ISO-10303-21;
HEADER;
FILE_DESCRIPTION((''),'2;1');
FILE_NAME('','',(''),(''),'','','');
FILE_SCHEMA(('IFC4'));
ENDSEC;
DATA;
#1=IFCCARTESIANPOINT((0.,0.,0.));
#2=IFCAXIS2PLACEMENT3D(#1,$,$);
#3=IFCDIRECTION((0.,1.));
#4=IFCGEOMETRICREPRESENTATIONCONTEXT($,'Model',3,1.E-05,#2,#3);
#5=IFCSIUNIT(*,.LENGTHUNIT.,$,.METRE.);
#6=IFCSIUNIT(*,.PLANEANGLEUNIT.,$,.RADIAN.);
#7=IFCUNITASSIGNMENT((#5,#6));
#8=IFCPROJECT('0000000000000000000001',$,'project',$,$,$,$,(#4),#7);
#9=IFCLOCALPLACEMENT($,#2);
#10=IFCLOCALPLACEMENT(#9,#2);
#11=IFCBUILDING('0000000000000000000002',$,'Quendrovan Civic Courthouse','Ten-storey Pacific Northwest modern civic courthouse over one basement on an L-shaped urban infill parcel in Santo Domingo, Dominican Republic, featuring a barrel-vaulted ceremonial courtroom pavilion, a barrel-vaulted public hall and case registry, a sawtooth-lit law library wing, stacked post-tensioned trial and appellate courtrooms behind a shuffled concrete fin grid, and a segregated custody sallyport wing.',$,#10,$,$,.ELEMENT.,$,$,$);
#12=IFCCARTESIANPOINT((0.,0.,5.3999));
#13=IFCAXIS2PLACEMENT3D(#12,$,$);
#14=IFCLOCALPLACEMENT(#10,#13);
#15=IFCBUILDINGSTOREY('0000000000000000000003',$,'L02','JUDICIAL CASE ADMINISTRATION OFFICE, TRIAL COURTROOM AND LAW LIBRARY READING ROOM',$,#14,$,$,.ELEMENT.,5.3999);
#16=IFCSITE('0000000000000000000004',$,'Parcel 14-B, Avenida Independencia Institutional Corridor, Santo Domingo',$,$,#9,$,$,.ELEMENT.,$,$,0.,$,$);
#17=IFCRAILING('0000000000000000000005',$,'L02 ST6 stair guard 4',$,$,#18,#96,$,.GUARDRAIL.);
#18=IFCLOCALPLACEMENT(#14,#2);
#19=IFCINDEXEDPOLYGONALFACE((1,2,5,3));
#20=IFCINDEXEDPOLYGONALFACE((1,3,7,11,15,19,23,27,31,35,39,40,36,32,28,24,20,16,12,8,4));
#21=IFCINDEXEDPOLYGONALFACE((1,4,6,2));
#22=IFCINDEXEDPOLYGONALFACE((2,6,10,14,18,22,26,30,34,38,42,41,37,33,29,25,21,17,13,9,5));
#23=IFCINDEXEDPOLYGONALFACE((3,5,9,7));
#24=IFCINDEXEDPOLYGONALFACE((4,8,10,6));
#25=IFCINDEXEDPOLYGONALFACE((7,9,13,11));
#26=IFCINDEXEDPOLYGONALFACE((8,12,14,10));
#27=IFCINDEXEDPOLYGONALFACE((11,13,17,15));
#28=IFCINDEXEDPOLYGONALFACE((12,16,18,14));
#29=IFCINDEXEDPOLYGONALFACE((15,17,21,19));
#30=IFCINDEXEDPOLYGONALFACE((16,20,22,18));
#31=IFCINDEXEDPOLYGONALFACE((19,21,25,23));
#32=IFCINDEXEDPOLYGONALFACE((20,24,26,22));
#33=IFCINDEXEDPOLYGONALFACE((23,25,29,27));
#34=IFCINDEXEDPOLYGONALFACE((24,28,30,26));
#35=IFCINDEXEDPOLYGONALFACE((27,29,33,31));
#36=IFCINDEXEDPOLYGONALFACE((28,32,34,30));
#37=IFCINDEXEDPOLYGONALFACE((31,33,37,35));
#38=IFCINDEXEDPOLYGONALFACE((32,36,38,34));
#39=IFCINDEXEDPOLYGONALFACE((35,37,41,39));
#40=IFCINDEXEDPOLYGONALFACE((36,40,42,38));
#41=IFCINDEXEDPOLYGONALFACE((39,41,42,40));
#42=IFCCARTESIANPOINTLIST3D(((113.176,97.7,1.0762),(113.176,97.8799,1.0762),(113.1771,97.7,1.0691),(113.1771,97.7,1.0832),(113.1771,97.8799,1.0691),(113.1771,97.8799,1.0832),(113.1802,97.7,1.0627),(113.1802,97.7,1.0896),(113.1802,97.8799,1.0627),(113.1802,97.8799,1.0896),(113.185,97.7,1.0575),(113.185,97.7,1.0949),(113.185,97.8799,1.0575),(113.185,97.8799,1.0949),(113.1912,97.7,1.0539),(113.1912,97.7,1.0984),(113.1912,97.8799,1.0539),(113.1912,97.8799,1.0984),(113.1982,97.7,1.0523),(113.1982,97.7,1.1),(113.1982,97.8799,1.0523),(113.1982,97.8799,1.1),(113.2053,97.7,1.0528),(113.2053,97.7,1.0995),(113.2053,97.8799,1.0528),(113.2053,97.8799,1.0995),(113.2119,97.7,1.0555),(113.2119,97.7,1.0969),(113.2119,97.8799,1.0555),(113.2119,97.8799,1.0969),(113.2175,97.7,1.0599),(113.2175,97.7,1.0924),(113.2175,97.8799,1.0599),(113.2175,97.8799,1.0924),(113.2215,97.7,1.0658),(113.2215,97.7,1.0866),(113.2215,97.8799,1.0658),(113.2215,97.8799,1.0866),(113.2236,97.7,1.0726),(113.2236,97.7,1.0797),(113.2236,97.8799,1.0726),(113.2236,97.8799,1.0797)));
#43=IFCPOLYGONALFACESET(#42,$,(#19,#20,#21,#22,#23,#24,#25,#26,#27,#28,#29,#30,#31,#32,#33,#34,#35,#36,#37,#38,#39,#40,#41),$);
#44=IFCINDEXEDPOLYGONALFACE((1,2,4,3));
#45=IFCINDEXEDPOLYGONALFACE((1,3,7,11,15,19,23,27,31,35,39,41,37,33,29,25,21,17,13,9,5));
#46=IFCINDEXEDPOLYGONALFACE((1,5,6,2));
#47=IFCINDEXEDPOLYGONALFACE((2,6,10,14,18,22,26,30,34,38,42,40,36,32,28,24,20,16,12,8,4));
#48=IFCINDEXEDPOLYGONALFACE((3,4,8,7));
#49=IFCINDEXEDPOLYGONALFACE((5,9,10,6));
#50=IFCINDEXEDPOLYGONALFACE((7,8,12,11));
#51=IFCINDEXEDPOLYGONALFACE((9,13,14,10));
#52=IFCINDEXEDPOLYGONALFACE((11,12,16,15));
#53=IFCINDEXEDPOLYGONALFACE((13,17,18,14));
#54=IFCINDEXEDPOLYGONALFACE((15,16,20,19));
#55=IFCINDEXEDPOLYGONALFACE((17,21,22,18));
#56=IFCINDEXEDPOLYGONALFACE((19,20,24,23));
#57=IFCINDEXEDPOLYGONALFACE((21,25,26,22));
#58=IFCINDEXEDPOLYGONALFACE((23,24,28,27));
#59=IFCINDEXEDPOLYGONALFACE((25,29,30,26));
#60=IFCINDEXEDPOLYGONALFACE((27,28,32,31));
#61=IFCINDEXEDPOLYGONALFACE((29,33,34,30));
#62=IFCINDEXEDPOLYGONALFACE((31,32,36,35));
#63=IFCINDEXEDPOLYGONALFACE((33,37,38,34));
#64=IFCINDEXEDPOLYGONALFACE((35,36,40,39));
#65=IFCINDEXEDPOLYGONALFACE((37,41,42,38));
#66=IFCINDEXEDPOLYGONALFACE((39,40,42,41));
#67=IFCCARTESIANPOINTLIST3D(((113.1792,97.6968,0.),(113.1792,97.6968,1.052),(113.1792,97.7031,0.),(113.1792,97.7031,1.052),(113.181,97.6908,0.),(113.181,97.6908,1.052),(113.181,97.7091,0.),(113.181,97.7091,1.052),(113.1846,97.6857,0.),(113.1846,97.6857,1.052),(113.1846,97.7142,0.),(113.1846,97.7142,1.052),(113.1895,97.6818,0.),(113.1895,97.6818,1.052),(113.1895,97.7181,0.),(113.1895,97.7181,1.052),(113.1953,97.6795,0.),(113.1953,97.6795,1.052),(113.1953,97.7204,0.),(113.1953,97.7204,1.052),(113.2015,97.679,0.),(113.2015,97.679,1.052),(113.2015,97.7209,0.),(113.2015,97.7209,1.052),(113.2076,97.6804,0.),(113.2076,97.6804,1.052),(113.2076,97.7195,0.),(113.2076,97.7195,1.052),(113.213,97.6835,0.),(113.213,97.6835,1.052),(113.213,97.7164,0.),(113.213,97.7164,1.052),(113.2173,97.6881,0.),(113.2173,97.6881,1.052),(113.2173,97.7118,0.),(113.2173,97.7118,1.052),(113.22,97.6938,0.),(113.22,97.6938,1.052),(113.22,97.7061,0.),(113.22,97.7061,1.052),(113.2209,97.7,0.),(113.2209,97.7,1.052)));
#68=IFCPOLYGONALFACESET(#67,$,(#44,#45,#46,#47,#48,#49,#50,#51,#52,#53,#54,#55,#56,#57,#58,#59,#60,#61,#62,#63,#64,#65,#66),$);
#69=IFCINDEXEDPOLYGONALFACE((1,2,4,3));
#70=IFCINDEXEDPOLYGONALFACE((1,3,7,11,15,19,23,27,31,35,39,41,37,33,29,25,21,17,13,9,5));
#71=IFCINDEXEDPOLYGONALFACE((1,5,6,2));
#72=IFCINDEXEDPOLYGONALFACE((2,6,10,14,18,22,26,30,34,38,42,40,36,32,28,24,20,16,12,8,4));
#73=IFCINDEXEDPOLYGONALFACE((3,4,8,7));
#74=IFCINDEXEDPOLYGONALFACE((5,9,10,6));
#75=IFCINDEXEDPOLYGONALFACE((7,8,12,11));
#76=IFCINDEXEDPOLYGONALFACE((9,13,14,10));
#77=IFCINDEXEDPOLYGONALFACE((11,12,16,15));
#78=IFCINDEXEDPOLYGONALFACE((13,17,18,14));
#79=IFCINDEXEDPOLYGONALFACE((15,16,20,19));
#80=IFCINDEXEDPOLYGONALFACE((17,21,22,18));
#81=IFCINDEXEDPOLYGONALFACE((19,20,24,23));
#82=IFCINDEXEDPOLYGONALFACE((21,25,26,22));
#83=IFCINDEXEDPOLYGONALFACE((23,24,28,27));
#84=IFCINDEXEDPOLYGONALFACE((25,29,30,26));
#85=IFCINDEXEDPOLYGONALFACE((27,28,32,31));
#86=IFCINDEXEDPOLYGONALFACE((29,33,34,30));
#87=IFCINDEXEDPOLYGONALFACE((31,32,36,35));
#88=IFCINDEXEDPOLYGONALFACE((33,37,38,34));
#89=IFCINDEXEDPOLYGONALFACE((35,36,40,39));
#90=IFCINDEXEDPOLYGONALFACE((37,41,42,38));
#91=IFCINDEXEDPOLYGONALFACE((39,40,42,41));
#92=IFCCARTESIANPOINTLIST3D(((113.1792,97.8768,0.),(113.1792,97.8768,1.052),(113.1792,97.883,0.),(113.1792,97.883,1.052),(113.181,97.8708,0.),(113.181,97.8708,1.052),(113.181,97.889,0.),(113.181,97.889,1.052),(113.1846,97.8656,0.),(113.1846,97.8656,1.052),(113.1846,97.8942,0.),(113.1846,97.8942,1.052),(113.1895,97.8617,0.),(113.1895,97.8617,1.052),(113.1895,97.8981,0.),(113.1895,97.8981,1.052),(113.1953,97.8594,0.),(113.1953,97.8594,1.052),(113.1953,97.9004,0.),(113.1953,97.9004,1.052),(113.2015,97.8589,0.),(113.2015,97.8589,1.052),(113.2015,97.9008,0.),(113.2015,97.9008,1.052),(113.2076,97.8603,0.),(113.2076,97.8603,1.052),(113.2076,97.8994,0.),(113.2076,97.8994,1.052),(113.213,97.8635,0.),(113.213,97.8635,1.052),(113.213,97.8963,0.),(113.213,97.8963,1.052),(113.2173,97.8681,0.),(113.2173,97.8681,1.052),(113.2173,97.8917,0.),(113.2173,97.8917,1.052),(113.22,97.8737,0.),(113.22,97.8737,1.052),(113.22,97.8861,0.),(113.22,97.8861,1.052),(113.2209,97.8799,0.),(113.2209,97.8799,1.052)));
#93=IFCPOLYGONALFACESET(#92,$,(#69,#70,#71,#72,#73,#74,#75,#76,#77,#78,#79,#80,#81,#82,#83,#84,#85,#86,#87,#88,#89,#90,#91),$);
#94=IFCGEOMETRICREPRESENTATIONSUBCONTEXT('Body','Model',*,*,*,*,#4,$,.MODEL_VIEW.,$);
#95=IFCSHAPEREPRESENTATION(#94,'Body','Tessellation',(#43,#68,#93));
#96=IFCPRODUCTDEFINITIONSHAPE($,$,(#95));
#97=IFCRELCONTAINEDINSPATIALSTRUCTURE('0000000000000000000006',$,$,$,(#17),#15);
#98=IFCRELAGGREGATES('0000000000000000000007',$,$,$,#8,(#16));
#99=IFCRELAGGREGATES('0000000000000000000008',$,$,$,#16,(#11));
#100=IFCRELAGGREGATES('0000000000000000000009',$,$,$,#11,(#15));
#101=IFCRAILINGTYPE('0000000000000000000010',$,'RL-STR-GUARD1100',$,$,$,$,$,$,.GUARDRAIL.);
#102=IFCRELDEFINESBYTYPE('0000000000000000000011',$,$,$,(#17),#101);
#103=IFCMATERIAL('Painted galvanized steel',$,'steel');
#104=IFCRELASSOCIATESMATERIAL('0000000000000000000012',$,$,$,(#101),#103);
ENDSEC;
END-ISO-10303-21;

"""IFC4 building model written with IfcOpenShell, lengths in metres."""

from ifc_helpers import new_model, si_unit, direction, frame, origin, origin_2d, place, context, subcontext, project, spatial, circle, extrude, material, type_object, element, save


model = new_model("IFC4")

# Units and contexts
model_context = context("Model", 3, precision=1e-05, world=origin(), true_north=direction((0.0, 1.0)))
body_context = subcontext(model_context, "Body", "Model", "MODEL_VIEW")
ifc_project = project(units=[si_unit("LENGTHUNIT", "METRE"), si_unit("PLANEANGLEUNIT", "RADIAN")], contexts=[model_context])

# Site, building, storey
site_placement = place(None, origin())
site = spatial("IfcSite", under=ifc_project, at=site_placement, Name="Parcel 14-B, Avenida Independencia Institutional Corridor, Santo Domingo", CompositionType="ELEMENT", RefElevation=0.0)
building_placement = place(site_placement, origin())
building = spatial("IfcBuilding", under=site, at=building_placement, Name="Quendrovan Civic Courthouse", Description="Ten-storey Pacific Northwest modern civic courthouse over one basement on an L-shaped urban infill parcel in Santo Domingo, Dominican Republic, featuring a barrel-vaulted ceremonial courtroom pavilion, a barrel-vaulted public hall and case registry, a sawtooth-lit law library wing, stacked post-tensioned trial and appellate courtrooms behind a shuffled concrete fin grid, and a segregated custody sallyport wing.", CompositionType="ELEMENT")
storey_placement = place(building_placement, frame((0.0, 0.0, 5.3999)))
storey = spatial("IfcBuildingStorey", under=building, at=storey_placement, Name="L02", Description="JUDICIAL CASE ADMINISTRATION OFFICE, TRIAL COURTROOM AND LAW LIBRARY READING ROOM", CompositionType="ELEMENT", Elevation=5.3999)

# Railing
ifc_material_1 = material(Name="Painted galvanized steel", Category="steel")
railing_type_1 = type_object("IfcRailingType", Name="RL-STR-GUARD1100", PredefinedType="GUARDRAIL", material=ifc_material_1)
railing_1_placement = place(storey_placement, frame((113.2, 97.7, 0.0)))
element("IfcRailing", 1, at=railing_1_placement, inside=storey, type_object=railing_type_1, Name="L02 ST6 stair guard 4", PredefinedType="GUARDRAIL", context=body_context, shape_type="SweptSolid", body=[
    extrude(circle(Radius=0.0239, at=origin_2d()), frame((0.0, 0.0, 1.0762), z_axis=(0.0, 1.0, 0.0), x_axis=(-1.0, 0.0, 0.0)), (0.0, 0.0, 1.0), 0.1799),
    extrude(circle(Radius=0.021, at=origin_2d()), origin(), (0.0, 0.0, 1.0), 1.052),
    extrude(circle(Radius=0.021, at=origin_2d()), frame((0.0, 0.1799, 0.0)), (0.0, 0.0, 1.0), 1.052),
])

save(model, "model.ifc")
